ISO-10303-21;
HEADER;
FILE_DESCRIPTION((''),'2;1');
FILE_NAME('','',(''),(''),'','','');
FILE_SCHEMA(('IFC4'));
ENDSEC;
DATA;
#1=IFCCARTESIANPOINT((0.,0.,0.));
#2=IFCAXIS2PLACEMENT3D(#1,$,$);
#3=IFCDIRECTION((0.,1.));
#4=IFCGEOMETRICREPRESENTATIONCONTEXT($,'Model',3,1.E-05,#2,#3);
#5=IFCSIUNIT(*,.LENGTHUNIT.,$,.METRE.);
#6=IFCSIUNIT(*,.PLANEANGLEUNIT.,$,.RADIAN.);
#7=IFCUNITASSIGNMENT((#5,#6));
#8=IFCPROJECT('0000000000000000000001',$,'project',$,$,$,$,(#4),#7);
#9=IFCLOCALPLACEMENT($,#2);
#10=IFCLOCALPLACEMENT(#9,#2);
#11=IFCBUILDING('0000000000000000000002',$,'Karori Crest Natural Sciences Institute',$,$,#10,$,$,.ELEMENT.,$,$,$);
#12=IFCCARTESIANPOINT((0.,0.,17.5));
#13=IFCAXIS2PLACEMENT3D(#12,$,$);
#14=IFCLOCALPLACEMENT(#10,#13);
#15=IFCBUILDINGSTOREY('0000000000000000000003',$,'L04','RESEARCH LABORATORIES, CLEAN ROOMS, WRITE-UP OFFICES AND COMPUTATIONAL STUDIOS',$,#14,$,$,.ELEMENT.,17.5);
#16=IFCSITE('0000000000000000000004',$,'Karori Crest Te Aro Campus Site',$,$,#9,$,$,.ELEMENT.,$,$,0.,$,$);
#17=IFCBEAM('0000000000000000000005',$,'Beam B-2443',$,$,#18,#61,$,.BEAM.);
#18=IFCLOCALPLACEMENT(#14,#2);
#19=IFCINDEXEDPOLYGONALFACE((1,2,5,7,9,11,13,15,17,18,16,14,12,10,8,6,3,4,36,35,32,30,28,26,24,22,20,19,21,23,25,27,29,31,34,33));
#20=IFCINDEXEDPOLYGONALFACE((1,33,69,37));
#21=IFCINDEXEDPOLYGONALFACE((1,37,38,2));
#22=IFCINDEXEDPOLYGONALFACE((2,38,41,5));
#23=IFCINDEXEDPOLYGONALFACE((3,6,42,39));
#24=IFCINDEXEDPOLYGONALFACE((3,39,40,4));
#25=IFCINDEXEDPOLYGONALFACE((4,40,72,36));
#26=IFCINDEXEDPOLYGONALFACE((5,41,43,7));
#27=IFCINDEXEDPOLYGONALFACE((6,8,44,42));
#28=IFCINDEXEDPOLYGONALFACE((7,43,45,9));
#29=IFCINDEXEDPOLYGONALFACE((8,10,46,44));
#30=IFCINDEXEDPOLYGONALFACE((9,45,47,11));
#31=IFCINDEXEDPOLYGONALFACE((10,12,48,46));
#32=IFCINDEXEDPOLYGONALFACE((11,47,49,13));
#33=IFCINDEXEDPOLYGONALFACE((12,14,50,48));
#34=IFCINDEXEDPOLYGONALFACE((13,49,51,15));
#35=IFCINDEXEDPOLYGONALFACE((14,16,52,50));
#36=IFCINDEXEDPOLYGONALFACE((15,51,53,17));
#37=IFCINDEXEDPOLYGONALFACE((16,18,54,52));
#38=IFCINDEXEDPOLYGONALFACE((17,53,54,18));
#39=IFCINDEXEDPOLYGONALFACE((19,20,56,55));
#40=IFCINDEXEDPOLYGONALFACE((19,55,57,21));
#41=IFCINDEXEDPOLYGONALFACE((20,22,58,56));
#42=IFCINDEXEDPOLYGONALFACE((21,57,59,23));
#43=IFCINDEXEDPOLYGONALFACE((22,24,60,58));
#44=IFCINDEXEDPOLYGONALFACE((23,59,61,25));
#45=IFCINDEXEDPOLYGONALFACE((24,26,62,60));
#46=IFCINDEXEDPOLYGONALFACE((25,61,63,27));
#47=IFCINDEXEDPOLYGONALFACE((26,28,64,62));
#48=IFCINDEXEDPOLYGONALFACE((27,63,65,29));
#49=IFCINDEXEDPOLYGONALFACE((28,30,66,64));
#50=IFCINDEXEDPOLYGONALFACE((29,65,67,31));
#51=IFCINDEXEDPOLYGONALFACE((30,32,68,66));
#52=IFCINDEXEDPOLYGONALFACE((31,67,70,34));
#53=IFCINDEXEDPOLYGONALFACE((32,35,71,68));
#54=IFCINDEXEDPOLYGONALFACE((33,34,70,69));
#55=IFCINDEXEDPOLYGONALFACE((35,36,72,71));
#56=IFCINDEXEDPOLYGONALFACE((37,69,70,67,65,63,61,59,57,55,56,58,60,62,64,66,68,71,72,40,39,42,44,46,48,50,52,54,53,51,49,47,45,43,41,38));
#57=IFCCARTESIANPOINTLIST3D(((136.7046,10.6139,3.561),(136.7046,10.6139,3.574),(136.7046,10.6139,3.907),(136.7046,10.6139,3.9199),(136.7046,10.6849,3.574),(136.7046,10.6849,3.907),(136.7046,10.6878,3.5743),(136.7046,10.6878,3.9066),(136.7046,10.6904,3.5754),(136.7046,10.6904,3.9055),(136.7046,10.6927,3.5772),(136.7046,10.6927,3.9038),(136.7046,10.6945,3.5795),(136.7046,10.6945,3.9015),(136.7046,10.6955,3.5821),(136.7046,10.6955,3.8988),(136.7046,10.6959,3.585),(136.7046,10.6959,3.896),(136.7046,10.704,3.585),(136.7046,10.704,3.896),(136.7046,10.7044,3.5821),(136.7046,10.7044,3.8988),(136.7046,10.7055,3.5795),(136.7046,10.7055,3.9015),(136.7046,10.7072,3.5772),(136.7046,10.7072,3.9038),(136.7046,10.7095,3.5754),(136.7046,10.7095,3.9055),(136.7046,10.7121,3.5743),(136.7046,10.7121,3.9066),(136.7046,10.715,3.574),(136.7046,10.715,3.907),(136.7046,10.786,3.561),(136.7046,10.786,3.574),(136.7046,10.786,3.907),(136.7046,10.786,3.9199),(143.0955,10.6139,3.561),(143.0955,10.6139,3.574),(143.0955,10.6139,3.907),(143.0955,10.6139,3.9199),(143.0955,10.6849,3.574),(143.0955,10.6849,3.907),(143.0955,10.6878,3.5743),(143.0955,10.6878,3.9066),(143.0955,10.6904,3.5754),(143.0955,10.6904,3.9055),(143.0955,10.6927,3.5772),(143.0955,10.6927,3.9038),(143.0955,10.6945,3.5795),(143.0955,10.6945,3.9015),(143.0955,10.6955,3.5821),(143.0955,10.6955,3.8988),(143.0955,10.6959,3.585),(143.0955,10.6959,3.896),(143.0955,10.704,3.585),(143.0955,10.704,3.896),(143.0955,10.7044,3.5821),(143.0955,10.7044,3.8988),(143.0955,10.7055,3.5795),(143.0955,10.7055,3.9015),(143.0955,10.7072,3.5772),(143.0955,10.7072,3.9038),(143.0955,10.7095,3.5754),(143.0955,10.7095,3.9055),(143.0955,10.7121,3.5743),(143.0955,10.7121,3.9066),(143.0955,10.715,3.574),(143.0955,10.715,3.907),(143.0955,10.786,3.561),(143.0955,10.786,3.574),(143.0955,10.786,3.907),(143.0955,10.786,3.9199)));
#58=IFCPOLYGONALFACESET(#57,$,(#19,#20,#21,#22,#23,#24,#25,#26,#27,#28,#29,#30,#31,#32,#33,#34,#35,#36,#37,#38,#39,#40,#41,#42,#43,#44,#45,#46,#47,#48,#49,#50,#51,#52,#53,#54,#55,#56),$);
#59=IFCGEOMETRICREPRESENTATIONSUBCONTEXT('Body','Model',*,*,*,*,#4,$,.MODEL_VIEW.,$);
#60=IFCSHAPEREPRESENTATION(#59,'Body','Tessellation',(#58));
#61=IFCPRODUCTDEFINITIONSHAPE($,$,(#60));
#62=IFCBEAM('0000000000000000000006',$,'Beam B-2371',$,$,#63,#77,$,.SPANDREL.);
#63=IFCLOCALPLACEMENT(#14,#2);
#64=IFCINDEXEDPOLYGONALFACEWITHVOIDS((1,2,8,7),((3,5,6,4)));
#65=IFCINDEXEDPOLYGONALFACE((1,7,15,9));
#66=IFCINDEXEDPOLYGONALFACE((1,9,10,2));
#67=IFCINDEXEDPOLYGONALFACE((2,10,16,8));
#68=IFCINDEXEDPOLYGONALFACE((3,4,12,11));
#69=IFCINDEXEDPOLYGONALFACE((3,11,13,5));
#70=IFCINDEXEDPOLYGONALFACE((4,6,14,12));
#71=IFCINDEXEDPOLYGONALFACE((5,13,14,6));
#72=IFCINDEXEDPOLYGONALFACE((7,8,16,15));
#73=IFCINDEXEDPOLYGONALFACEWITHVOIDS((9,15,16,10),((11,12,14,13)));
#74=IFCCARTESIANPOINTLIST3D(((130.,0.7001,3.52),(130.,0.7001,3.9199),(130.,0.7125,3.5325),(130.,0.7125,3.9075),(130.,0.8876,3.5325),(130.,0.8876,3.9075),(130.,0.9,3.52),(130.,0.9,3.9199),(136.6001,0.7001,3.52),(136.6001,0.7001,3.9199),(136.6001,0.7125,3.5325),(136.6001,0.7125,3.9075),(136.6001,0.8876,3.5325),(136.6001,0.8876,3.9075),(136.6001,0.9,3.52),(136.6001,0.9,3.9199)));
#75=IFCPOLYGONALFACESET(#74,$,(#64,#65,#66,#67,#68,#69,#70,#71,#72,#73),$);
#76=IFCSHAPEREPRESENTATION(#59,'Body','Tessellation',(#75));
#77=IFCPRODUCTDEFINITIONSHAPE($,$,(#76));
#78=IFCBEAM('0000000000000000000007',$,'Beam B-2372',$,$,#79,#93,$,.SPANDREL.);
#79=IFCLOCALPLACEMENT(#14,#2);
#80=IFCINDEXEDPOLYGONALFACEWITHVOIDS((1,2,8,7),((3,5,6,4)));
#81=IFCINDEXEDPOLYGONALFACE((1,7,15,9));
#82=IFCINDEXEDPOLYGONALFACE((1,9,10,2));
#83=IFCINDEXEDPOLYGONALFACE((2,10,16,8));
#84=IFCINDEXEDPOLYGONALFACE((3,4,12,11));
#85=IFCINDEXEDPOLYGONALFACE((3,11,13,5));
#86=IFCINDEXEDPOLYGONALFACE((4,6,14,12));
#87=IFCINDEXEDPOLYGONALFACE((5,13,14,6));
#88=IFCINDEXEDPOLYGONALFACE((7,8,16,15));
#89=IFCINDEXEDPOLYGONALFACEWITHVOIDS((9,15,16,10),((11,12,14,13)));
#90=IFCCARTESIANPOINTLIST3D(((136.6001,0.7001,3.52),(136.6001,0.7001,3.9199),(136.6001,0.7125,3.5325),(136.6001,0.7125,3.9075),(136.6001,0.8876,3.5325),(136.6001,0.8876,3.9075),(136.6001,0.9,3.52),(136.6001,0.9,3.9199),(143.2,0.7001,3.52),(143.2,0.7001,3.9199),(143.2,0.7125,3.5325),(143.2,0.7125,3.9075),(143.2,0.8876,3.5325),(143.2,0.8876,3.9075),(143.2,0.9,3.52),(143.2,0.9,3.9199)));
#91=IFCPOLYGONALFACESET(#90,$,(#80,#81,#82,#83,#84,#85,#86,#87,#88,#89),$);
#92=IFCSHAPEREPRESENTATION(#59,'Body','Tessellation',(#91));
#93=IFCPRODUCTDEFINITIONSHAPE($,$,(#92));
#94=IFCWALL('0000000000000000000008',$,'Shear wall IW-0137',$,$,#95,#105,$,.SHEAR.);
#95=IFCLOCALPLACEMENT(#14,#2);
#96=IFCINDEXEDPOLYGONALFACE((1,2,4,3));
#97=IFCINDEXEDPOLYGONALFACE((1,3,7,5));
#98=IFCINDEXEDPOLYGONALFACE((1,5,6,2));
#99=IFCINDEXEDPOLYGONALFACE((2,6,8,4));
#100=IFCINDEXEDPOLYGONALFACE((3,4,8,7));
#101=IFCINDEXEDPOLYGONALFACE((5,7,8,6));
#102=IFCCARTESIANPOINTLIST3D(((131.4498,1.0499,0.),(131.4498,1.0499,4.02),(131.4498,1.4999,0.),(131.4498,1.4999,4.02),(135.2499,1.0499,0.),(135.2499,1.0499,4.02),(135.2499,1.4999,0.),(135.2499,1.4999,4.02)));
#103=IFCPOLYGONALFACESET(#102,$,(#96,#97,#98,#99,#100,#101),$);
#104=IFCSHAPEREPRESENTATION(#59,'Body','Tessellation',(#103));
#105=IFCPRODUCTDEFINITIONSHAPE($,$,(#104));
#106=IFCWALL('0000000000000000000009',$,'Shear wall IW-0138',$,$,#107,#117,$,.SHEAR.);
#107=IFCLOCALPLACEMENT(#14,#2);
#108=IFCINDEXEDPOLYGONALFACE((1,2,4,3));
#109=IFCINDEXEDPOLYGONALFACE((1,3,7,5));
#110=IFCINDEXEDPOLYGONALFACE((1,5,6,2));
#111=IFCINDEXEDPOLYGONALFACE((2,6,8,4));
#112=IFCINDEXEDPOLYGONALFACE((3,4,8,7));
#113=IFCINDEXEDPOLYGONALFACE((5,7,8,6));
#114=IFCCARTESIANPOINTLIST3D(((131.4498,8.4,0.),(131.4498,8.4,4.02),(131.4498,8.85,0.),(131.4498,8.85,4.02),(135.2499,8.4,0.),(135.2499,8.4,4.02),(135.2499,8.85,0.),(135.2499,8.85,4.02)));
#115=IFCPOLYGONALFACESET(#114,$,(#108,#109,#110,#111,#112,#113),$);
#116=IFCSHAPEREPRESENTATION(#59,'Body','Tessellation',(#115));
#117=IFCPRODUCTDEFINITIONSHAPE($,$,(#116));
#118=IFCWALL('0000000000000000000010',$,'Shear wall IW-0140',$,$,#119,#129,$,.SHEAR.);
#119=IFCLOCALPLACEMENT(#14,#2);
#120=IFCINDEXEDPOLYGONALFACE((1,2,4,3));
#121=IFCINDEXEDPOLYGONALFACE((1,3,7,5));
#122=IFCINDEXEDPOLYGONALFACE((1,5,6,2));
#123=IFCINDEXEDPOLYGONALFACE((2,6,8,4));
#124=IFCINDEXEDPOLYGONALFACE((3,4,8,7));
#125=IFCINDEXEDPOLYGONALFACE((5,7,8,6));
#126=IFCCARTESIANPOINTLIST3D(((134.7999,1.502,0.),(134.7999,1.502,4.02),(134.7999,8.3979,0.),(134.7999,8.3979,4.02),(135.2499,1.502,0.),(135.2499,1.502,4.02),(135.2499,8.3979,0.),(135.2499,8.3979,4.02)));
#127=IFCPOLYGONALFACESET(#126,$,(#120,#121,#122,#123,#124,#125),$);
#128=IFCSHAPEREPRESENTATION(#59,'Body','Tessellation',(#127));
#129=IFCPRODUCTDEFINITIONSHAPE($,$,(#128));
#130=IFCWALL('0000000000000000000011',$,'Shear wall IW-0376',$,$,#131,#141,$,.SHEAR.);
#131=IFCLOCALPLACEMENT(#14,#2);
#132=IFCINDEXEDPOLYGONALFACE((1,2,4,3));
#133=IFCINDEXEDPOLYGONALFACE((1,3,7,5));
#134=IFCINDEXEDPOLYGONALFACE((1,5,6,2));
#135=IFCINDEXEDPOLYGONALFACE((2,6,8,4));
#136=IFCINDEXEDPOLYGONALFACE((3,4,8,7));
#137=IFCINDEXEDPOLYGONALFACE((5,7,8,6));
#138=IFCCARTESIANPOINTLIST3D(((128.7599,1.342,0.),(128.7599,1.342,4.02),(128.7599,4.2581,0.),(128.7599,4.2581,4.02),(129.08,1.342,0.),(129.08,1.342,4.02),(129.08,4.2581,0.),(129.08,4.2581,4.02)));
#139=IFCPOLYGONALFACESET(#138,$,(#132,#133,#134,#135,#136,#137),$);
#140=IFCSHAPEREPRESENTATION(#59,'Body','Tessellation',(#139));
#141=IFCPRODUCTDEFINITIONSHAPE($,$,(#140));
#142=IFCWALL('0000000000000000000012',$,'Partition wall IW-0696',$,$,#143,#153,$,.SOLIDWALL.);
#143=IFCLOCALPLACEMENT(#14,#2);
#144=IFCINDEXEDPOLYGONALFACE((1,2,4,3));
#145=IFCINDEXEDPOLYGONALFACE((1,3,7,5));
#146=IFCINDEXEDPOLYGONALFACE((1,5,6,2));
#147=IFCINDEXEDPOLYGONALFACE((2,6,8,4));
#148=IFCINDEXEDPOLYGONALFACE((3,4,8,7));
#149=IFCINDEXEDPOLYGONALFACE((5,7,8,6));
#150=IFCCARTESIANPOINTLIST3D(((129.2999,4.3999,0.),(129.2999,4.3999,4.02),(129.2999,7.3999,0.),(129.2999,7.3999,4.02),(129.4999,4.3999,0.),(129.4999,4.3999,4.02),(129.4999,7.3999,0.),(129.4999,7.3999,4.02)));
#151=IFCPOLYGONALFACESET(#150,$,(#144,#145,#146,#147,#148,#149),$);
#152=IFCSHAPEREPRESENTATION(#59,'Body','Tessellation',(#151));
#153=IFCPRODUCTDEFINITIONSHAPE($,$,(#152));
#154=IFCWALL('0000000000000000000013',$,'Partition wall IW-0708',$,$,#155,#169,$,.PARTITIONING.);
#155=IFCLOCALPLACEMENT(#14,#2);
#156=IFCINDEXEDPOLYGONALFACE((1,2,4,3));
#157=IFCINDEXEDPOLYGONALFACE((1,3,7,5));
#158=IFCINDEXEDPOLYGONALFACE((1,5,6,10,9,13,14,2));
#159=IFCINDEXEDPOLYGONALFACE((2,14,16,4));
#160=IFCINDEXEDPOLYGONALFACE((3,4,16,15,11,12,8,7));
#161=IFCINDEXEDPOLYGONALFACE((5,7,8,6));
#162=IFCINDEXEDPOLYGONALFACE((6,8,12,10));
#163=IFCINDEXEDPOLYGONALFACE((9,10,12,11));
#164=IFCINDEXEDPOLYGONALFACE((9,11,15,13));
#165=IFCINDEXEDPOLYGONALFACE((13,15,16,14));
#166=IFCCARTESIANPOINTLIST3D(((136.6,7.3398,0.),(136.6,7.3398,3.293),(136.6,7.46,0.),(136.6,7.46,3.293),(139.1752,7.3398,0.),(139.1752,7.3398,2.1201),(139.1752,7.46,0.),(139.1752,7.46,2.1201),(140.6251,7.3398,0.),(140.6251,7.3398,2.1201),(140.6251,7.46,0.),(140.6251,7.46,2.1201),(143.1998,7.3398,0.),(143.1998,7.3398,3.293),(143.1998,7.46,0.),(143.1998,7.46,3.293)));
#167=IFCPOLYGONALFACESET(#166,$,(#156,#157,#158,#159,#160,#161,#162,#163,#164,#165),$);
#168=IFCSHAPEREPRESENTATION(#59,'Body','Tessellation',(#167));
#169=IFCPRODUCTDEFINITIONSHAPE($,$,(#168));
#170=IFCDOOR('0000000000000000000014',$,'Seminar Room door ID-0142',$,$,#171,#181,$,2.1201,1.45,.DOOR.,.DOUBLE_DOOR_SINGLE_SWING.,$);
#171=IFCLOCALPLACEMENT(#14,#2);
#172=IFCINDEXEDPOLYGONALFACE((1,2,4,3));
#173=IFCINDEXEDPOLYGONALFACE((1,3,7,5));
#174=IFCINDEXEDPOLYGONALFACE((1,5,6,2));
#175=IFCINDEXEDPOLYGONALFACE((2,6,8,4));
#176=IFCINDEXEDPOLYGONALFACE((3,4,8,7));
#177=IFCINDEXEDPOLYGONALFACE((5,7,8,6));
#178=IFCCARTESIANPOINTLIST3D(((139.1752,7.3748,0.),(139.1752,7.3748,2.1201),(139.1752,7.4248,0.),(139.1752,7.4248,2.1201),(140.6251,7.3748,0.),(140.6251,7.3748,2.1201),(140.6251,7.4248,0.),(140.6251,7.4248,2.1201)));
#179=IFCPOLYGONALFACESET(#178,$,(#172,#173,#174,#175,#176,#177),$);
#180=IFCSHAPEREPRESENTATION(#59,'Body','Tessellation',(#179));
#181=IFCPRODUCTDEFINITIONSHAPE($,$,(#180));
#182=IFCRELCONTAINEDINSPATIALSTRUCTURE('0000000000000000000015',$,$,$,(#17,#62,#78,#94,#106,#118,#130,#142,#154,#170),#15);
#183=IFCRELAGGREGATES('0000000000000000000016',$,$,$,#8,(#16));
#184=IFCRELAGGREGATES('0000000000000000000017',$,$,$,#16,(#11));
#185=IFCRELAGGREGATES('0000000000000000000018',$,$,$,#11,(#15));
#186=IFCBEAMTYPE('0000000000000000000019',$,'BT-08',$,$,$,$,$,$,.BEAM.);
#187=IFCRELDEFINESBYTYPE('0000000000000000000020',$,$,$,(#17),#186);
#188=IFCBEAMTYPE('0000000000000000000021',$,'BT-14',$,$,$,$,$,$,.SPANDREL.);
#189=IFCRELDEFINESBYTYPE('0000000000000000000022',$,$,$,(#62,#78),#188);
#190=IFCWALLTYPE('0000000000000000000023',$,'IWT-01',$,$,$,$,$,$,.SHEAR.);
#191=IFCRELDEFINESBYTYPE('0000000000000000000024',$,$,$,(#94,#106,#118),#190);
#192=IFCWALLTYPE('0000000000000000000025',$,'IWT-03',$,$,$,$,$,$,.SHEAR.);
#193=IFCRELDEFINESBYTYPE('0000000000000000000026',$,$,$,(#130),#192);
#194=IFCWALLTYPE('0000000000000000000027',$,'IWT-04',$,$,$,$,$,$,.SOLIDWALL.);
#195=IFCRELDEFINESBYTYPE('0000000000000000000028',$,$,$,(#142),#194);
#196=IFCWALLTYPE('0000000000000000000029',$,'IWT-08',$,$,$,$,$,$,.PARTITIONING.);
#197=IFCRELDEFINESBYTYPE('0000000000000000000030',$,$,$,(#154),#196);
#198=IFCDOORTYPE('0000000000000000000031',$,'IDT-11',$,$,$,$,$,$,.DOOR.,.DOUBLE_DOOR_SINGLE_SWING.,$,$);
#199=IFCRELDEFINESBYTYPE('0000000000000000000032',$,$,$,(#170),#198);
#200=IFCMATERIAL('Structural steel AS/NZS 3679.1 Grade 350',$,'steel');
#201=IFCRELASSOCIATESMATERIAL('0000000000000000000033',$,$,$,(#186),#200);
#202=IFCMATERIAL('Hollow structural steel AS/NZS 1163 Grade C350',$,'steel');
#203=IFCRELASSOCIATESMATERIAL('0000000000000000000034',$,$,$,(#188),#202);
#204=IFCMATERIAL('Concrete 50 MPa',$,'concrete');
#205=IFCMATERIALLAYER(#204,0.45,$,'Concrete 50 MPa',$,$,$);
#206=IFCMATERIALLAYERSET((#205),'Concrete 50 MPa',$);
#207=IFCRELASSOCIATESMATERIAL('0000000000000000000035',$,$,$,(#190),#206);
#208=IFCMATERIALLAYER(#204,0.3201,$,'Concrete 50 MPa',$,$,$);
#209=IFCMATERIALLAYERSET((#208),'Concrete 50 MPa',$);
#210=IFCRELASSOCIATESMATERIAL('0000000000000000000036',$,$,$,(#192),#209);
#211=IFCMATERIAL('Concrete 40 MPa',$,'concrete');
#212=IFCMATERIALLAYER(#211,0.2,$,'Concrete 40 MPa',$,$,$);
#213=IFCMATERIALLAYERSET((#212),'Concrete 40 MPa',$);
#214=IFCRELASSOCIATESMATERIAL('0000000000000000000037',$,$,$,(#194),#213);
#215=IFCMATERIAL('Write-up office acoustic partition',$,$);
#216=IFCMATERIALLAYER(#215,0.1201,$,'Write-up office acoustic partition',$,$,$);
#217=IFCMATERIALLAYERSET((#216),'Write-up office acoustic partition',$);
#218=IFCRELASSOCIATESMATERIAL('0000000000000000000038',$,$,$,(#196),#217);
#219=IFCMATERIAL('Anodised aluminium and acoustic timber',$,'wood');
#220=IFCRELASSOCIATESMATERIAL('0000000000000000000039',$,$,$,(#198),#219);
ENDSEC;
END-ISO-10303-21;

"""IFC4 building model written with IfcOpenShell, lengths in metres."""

from ifc_helpers import new_model, si_unit, direction, frame, frame_2d, origin, origin_2d, place, context, subcontext, project, spatial, rectangle, hollow_rectangle, i_section, extrude, material, layer, layer_set, material_profile, profile_set, type_object, element, fill, save


model = new_model("IFC4")

# Units and contexts
model_context = context("Model", 3, precision=1e-05, world=origin(), true_north=direction((0.0, 1.0)))
body_context = subcontext(model_context, "Body", "Model", "MODEL_VIEW")
ifc_project = project(units=[si_unit("LENGTHUNIT", "METRE"), si_unit("PLANEANGLEUNIT", "RADIAN")], contexts=[model_context])

# Site, building, storey
site_placement = place(None, origin())
site = spatial("IfcSite", under=ifc_project, at=site_placement, Name="Karori Crest Te Aro Campus Site", CompositionType="ELEMENT", RefElevation=0.0)
building_placement = place(site_placement, origin())
building = spatial("IfcBuilding", under=site, at=building_placement, Name="Karori Crest Natural Sciences Institute", CompositionType="ELEMENT")
storey_placement = place(building_placement, frame((0.0, 0.0, 17.5)))
storey = spatial("IfcBuildingStorey", under=building, at=storey_placement, Name="L04", Description="RESEARCH LABORATORIES, CLEAN ROOMS, WRITE-UP OFFICES AND COMPUTATIONAL STUDIOS", CompositionType="ELEMENT", Elevation=17.5)

# Shared definitions
ifc_material_1 = material(Name="Structural steel AS/NZS 3679.1 Grade 350", Category="steel")

# Beams
ifc_material_profile_1 = material_profile(ifc_material_1, i_section(OverallWidth=0.1721, OverallDepth=0.3589, WebThickness=0.0081, FlangeThickness=0.0129, FilletRadius=0.011, at=origin_2d()), Name="360UB56.7")
ifc_profile_set_1 = profile_set([ifc_material_profile_1], Name="Structural steel AS/NZS 3679.1 Grade 350")
beam_type_1 = type_object("IfcBeamType", Name="BT-08", PredefinedType="BEAM", material=ifc_profile_set_1)
for number, where, z_axis, x_axis, name in (
    (1, (136.7046, 10.7, 3.7405), (1.0, 0.0, 0.0), (0.0, 1.0, 0.0), "Beam B-2443"),
):
    element("IfcBeam", number, at=place(storey_placement, frame(where, z_axis=z_axis, x_axis=x_axis)), inside=storey, type_object=beam_type_1, Name=name, PredefinedType="BEAM", context=body_context, shape_type="SweptSolid", body=[
        extrude(i_section(OverallWidth=0.1721, OverallDepth=0.3589, WebThickness=0.0081, FlangeThickness=0.0129, FilletRadius=0.011, at=origin_2d()), origin(), (0.0, 0.0, 1.0), 6.3909),
    ])
ifc_material_2 = material(Name="Hollow structural steel AS/NZS 1163 Grade C350", Category="steel")
ifc_material_profile_2 = material_profile(ifc_material_2, hollow_rectangle(XDim=0.2, YDim=0.3999, WallThickness=0.0125, at=origin_2d()), Name="RHS400x200x12.5")
ifc_profile_set_2 = profile_set([ifc_material_profile_2], Name="Hollow structural steel AS/NZS 1163 Grade C350")
beam_type_2 = type_object("IfcBeamType", Name="BT-14", PredefinedType="SPANDREL", material=ifc_profile_set_2)
beam_1_placement = place(storey_placement, frame((130.0, 0.8, 3.72), z_axis=(1.0, 0.0, 0.0), x_axis=(0.0, 1.0, 0.0)))
element("IfcBeam", 2, at=beam_1_placement, inside=storey, type_object=beam_type_2, Name="Beam B-2371", PredefinedType="SPANDREL", context=body_context, shape_type="SweptSolid", body=[
    extrude(hollow_rectangle(XDim=0.2, YDim=0.3999, WallThickness=0.0125, at=origin_2d()), origin(), (0.0, 0.0, 1.0), 6.6001),
])
beam_2_placement = place(storey_placement, frame((136.6001, 0.8, 3.72), z_axis=(1.0, 0.0, 0.0), x_axis=(0.0, 1.0, 0.0)))
element("IfcBeam", 3, at=beam_2_placement, inside=storey, type_object=beam_type_2, Name="Beam B-2372", PredefinedType="SPANDREL", context=body_context, shape_type="SweptSolid", body=[
    extrude(hollow_rectangle(XDim=0.2, YDim=0.3999, WallThickness=0.0125, at=origin_2d()), origin(), (0.0, 0.0, 1.0), 6.5999),
])

# Walls
ifc_material_3 = material(Name="Concrete 50 MPa", Category="concrete")
ifc_layer_1 = layer(ifc_material_3, 0.45, Name="Concrete 50 MPa")
ifc_layer_set_1 = layer_set([ifc_layer_1], Name="Concrete 50 MPa")
wall_type_1 = type_object("IfcWallType", Name="IWT-01", PredefinedType="SHEAR", material=ifc_layer_set_1)
for number, where, z_axis, x_axis, name in (
    (4, (131.45, 1.2749, 0.0), (0.0, 0.0, 1.0), (1.0, 0.0, 0.0), "Shear wall IW-0137"),
    (5, (131.45, 8.625, 0.0), (0.0, 0.0, 1.0), (1.0, 0.0, 0.0), "Shear wall IW-0138"),
):
    element("IfcWall", number, at=place(storey_placement, frame(where, z_axis=z_axis, x_axis=x_axis)), inside=storey, type_object=wall_type_1, Name=name, PredefinedType="SHEAR", context=body_context, shape_type="SweptSolid", body=[
        extrude(rectangle(XDim=3.8, YDim=0.45, at=frame_2d((1.8999, 0.0))), origin(), (0.0, 0.0, 1.0), 4.02),
    ])

# Walls
wall_1_placement = place(storey_placement, frame((135.0249, 1.502, 0.0), z_axis=(0.0, 0.0, 1.0), x_axis=(0.0, 1.0, 0.0)))
element("IfcWall", 6, at=wall_1_placement, inside=storey, type_object=wall_type_1, Name="Shear wall IW-0140", PredefinedType="SHEAR", context=body_context, shape_type="SweptSolid", body=[
    extrude(rectangle(XDim=6.896, YDim=0.45, at=frame_2d((3.448, 0.0))), origin(), (0.0, 0.0, 1.0), 4.02),
])
ifc_layer_2 = layer(ifc_material_3, 0.3201, Name="Concrete 50 MPa")
ifc_layer_set_2 = layer_set([ifc_layer_2], Name="Concrete 50 MPa")
wall_type_2 = type_object("IfcWallType", Name="IWT-03", PredefinedType="SHEAR", material=ifc_layer_set_2)
wall_2_placement = place(storey_placement, frame((128.9199, 1.342, 0.0), z_axis=(0.0, 0.0, 1.0), x_axis=(0.0, 1.0, 0.0)))
element("IfcWall", 7, at=wall_2_placement, inside=storey, type_object=wall_type_2, Name="Shear wall IW-0376", PredefinedType="SHEAR", context=body_context, shape_type="SweptSolid", body=[
    extrude(rectangle(XDim=2.916, YDim=0.3201, at=frame_2d((1.458, 0.0))), origin(), (0.0, 0.0, 1.0), 4.02),
])
ifc_material_4 = material(Name="Concrete 40 MPa", Category="concrete")
ifc_layer_3 = layer(ifc_material_4, 0.2, Name="Concrete 40 MPa")
ifc_layer_set_3 = layer_set([ifc_layer_3], Name="Concrete 40 MPa")
wall_type_3 = type_object("IfcWallType", Name="IWT-04", PredefinedType="SOLIDWALL", material=ifc_layer_set_3)
wall_3_placement = place(storey_placement, frame((129.3999, 4.3999, 0.0), z_axis=(0.0, 0.0, 1.0), x_axis=(0.0, 1.0, 0.0)))
element("IfcWall", 8, at=wall_3_placement, inside=storey, type_object=wall_type_3, Name="Partition wall IW-0696", PredefinedType="SOLIDWALL", context=body_context, shape_type="SweptSolid", body=[
    extrude(rectangle(XDim=3.0, YDim=0.2, at=frame_2d((1.5, 0.0))), origin(), (0.0, 0.0, 1.0), 4.02),
])

# Wall, opening, door
ifc_material_5 = material(Name="Write-up office acoustic partition")
ifc_layer_4 = layer(ifc_material_5, 0.1201, Name="Write-up office acoustic partition")
ifc_layer_set_4 = layer_set([ifc_layer_4], Name="Write-up office acoustic partition")
wall_type_4 = type_object("IfcWallType", Name="IWT-08", PredefinedType="PARTITIONING", material=ifc_layer_set_4)
wall_4_placement = place(storey_placement, frame((136.6001, 7.3999, 0.0), z_axis=(0.0, 0.0, 1.0), x_axis=(1.0, 0.0, 0.0)))
wall_4 = element("IfcWall", 9, at=wall_4_placement, inside=storey, type_object=wall_type_4, Name="Partition wall IW-0708", PredefinedType="PARTITIONING", context=body_context, shape_type="SweptSolid", body=[
    extrude(rectangle(XDim=6.5999, YDim=0.1201, at=frame_2d((3.2998, 0.0))), origin(), (0.0, 0.0, 1.0), 3.293),
])
opening_1_placement = place(wall_4_placement, frame((2.575, 0.0, 0.0)))
opening_1 = element("IfcOpeningElement", 10, at=opening_1_placement, cuts=wall_4, PredefinedType="OPENING", context=body_context, shape_type="SweptSolid", body=[
    extrude(rectangle(XDim=1.45, YDim=2.1201, at=frame_2d((0.7251, 1.0601))), frame((0.0, 0.0701, 0.0), z_axis=(0.0, -1.0, 0.0), x_axis=(1.0, 0.0, 0.0)), (0.0, 0.0, 1.0), 0.1401),
])
ifc_material_6 = material(Name="Anodised aluminium and acoustic timber", Category="wood")
door_type_1 = type_object("IfcDoorType", Name="IDT-11", OperationType="DOUBLE_DOOR_SINGLE_SWING", PredefinedType="DOOR", material=ifc_material_6)
door_1_placement = place(opening_1_placement, origin())
door_1 = element("IfcDoor", 11, at=door_1_placement, inside=storey, type_object=door_type_1, Name="Seminar Room door ID-0142", OperationType="DOUBLE_DOOR_SINGLE_SWING", OverallHeight=2.1201, OverallWidth=1.45, PredefinedType="DOOR", context=body_context, shape_type="SweptSolid", body=[
    extrude(rectangle(XDim=1.45, YDim=2.1201, at=frame_2d((0.7251, 1.0601))), frame((0.0, 0.0249, 0.0), z_axis=(0.0, -1.0, 0.0), x_axis=(1.0, 0.0, 0.0)), (0.0, 0.0, 1.0), 0.05),
])
fill(opening_1, door_1)

save(model, "model.ifc")
